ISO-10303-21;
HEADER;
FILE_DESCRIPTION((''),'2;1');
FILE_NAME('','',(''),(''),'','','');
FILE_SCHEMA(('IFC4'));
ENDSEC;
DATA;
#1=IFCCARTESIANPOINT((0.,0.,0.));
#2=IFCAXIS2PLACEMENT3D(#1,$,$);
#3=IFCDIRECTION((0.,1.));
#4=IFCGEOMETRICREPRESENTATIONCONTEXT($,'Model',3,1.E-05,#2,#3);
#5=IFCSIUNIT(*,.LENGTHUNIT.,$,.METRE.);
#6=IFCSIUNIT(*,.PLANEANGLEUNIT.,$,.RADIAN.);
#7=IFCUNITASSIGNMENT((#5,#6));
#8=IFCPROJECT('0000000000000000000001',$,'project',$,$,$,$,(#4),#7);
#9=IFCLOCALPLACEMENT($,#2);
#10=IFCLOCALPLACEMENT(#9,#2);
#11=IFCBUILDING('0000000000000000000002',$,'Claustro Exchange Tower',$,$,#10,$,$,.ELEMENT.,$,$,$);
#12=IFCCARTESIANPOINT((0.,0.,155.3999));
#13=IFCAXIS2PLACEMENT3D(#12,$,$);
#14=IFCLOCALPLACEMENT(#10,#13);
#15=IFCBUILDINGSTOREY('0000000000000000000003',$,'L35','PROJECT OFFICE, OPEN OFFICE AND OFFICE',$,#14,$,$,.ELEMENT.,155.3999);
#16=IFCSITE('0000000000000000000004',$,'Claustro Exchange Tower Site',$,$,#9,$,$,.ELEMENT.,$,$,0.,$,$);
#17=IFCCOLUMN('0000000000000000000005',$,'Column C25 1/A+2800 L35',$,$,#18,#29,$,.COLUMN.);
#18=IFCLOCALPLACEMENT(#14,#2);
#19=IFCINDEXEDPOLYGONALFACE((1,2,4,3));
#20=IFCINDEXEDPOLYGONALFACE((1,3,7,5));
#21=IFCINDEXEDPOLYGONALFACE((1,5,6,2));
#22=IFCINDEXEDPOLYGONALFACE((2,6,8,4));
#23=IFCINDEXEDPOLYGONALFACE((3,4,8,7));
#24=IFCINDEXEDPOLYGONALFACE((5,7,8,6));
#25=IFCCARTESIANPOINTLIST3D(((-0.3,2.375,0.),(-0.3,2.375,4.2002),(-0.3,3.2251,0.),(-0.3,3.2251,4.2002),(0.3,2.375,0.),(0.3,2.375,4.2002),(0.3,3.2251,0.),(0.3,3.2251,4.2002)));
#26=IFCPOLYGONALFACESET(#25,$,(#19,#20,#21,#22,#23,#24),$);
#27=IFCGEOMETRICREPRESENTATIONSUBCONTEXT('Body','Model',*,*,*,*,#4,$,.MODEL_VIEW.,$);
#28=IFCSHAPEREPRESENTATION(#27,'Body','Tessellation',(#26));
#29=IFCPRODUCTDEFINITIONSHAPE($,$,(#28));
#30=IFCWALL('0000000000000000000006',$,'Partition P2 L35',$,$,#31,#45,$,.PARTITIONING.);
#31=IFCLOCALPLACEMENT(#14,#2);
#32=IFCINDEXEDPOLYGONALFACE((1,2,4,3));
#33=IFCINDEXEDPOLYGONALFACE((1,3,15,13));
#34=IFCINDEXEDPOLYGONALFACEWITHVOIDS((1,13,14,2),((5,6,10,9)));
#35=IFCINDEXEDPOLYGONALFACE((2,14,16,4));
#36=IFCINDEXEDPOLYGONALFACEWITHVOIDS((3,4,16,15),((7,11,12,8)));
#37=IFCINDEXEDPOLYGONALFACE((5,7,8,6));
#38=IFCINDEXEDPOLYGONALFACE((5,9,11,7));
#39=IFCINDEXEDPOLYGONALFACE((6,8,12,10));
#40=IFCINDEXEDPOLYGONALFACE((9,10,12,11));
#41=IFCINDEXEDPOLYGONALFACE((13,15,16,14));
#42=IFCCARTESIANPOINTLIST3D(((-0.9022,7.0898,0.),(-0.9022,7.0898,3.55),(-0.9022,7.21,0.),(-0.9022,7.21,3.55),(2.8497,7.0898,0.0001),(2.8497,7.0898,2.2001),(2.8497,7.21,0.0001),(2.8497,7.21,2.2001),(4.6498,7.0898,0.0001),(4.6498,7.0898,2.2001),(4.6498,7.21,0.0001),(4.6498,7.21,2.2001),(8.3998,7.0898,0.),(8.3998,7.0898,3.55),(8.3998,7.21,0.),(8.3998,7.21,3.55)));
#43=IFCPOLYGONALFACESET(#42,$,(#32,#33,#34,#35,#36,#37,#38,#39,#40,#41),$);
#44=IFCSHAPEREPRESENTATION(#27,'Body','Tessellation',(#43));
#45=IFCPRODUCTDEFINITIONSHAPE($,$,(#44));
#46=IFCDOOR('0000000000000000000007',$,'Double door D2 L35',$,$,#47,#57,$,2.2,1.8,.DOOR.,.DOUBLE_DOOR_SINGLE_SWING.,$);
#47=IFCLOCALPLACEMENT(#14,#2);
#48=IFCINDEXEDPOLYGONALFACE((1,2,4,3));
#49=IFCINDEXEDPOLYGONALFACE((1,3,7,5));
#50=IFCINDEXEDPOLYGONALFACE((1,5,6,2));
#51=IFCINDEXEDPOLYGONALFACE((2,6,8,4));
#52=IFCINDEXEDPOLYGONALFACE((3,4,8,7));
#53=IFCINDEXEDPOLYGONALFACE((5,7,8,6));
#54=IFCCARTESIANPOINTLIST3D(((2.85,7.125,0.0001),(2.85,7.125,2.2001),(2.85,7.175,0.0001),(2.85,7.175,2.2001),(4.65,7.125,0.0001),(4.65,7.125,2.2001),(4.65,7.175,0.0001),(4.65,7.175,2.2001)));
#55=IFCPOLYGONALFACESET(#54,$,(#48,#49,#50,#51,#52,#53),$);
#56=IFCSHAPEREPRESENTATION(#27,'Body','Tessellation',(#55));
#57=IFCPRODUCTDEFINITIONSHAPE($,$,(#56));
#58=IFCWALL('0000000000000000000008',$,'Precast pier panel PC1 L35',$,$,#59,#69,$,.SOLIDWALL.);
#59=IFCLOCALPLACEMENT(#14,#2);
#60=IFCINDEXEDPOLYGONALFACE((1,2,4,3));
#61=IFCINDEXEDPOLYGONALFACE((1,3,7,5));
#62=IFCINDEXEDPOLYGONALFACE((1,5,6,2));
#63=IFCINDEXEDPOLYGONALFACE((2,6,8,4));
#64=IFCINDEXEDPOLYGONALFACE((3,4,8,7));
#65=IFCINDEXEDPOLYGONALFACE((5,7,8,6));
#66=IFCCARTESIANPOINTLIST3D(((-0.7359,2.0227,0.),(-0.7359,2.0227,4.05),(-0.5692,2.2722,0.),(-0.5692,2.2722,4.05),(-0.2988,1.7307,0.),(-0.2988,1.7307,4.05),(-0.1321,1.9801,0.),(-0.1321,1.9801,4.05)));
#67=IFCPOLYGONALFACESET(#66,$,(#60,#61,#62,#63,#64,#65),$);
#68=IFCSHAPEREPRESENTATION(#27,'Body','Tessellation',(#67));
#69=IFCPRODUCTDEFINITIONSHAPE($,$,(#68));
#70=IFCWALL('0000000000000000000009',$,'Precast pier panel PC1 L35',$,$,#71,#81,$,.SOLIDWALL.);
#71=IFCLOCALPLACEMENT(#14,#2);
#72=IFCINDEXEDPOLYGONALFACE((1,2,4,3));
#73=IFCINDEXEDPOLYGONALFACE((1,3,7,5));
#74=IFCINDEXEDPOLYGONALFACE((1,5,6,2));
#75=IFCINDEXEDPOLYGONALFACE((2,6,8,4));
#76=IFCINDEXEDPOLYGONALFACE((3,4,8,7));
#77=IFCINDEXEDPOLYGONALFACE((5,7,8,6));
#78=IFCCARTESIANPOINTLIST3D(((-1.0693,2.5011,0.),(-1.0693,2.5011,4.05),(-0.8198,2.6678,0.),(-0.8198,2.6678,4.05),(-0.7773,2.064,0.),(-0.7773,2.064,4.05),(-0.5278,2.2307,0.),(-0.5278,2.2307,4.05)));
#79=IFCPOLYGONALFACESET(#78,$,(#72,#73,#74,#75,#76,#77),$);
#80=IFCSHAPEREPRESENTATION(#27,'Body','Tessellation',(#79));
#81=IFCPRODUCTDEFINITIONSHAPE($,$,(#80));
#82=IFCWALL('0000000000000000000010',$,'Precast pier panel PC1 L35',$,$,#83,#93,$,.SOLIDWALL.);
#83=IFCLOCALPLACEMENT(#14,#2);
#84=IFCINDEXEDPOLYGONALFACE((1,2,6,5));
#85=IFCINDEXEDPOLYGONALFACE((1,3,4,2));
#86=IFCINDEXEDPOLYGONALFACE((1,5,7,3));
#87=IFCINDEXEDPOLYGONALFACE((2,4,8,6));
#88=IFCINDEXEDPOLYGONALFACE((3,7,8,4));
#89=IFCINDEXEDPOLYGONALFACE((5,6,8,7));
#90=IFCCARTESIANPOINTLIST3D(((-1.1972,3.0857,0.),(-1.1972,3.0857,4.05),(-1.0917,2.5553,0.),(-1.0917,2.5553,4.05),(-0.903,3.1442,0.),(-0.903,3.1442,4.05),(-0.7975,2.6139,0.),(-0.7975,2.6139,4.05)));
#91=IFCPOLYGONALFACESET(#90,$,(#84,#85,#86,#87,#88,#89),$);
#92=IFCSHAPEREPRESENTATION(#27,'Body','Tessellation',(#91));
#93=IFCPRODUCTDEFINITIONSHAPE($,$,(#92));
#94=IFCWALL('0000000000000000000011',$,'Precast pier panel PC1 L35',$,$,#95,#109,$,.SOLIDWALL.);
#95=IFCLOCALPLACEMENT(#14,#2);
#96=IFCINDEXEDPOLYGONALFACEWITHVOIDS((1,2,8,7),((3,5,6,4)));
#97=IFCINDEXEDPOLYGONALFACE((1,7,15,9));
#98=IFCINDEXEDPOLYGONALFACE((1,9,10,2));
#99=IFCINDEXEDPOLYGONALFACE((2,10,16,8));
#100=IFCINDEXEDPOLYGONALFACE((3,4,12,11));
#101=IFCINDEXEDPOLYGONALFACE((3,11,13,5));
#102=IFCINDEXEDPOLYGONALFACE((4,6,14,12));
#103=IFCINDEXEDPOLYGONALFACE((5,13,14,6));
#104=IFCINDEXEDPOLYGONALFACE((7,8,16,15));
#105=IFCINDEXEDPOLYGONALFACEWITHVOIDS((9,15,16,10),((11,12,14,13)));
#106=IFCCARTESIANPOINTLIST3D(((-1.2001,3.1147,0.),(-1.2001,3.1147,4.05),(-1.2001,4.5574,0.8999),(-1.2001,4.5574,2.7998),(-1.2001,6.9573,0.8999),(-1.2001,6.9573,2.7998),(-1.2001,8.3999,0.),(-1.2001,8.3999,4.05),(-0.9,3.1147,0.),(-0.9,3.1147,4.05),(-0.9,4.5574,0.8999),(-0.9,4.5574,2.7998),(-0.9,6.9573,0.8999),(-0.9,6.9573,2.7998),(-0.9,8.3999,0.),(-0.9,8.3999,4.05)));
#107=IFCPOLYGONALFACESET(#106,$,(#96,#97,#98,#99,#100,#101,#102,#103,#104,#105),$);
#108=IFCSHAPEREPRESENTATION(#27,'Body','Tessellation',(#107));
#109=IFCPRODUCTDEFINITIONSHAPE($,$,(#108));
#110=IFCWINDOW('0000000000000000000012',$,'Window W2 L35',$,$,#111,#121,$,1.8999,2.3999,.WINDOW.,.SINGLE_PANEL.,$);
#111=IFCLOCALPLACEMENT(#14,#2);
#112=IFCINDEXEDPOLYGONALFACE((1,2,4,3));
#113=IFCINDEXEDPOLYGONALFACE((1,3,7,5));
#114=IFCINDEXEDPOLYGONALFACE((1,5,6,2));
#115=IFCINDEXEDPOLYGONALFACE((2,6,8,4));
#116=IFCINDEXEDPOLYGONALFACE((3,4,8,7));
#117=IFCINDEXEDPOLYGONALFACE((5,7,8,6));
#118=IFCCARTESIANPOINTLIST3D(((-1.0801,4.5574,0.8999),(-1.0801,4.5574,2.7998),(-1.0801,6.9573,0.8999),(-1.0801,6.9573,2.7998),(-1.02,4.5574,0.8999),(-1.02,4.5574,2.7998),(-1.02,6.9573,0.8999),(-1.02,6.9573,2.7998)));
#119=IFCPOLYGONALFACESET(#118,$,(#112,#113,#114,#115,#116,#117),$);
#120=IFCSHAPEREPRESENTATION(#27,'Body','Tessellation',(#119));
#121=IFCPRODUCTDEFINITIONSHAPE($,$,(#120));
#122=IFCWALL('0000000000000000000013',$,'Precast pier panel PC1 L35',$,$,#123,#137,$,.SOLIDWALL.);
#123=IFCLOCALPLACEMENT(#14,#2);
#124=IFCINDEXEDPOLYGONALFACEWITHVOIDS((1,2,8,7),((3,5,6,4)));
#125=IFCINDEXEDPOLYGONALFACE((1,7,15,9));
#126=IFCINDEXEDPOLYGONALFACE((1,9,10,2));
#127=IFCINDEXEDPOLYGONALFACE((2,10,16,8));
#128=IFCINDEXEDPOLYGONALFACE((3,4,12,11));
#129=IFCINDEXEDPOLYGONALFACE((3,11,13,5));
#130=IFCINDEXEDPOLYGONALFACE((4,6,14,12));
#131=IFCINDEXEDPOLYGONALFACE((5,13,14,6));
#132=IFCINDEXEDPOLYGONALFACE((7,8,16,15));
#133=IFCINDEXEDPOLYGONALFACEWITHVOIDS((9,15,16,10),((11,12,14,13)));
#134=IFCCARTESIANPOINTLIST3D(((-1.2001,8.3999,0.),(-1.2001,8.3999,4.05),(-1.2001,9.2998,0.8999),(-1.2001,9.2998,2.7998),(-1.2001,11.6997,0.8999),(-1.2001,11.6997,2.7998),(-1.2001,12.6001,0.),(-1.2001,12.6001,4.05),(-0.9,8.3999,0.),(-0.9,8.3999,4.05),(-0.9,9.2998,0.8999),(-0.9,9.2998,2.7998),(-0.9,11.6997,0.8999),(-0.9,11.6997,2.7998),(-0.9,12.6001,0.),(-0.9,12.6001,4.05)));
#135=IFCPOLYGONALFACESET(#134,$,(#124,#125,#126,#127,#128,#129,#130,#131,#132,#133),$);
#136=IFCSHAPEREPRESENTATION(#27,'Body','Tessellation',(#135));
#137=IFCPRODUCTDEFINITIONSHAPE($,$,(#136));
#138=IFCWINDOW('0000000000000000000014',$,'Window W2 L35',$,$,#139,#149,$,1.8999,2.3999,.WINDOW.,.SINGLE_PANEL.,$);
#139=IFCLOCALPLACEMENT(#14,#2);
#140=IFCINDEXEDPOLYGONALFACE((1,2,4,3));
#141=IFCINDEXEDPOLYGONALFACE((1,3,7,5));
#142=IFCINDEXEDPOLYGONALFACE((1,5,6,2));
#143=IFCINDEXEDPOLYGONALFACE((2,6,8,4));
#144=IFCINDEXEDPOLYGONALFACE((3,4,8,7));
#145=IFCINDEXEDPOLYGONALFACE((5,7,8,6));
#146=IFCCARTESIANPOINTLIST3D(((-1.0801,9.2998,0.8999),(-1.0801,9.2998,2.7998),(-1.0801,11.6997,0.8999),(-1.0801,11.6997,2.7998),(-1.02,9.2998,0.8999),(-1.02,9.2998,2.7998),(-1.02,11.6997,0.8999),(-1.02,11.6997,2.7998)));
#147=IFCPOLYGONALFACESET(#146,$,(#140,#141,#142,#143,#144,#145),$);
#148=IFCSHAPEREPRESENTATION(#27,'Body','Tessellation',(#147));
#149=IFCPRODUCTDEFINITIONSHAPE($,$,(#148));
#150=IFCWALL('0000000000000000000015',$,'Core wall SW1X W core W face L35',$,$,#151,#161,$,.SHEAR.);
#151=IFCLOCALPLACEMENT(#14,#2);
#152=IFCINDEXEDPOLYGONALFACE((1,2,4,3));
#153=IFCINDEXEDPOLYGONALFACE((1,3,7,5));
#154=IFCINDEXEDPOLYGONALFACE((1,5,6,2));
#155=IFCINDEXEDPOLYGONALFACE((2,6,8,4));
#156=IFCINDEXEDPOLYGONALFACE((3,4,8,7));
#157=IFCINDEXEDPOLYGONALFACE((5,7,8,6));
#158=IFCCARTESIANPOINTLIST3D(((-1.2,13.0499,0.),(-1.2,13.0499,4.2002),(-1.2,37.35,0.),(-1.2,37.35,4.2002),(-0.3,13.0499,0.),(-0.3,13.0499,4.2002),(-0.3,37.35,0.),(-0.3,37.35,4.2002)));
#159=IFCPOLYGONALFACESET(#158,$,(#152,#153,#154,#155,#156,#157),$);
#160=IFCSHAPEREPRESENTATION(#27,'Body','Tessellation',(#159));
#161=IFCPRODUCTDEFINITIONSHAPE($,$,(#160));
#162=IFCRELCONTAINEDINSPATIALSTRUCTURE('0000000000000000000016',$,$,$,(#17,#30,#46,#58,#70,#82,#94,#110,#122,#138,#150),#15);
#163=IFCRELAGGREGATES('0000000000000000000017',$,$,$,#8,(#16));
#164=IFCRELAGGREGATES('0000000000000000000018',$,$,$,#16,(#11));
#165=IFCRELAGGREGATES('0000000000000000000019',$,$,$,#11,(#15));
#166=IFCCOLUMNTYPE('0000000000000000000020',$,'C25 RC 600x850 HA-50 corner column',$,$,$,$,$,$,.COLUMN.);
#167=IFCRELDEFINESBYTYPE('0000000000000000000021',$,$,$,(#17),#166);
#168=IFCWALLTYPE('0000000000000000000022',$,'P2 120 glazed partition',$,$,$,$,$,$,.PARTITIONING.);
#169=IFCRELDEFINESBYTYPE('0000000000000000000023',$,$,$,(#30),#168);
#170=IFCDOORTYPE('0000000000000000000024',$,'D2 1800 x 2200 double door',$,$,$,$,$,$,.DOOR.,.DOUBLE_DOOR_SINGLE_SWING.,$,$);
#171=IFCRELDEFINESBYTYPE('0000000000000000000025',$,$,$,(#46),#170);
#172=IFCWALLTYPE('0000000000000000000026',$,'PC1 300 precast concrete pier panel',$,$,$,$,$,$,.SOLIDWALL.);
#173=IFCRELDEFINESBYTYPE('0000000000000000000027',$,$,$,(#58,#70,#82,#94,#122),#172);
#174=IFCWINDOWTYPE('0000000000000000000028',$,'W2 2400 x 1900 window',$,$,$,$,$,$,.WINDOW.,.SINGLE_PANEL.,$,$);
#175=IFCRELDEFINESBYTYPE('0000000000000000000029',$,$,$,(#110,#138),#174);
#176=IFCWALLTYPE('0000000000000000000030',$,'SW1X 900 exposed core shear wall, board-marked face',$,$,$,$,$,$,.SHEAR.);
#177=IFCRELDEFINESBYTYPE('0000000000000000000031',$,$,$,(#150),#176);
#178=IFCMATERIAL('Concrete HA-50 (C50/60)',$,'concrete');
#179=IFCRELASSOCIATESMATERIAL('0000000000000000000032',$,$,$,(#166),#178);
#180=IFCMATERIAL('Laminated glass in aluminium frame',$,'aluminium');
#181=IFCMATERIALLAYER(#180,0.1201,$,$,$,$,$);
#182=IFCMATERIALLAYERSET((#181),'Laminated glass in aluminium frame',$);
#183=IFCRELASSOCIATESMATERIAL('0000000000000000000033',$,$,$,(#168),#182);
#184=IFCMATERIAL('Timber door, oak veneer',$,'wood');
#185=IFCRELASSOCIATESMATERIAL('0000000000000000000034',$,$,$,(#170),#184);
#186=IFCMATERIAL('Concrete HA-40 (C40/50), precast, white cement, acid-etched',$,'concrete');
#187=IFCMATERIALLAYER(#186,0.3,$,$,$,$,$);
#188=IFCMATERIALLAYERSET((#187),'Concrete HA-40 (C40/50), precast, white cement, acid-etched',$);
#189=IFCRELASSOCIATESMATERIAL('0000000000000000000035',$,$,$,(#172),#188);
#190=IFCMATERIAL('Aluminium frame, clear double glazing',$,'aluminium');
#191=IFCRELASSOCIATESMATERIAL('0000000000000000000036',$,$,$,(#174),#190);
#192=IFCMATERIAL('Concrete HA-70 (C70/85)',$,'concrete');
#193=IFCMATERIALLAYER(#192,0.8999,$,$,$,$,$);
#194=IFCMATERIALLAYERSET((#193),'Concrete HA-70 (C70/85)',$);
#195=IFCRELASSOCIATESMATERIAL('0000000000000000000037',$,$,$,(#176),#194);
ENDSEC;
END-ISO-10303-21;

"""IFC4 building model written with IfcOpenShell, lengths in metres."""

from ifc_helpers import new_model, si_unit, direction, frame, frame_2d, origin, origin_2d, place, context, subcontext, project, spatial, rectangle, extrude, material, layer, layer_set, material_profile, profile_set, type_object, element, fill, save


model = new_model("IFC4")

# Units and contexts
model_context = context("Model", 3, precision=1e-05, world=origin(), true_north=direction((0.0, 1.0)))
body_context = subcontext(model_context, "Body", "Model", "MODEL_VIEW")
ifc_project = project(units=[si_unit("LENGTHUNIT", "METRE"), si_unit("PLANEANGLEUNIT", "RADIAN")], contexts=[model_context])

# Site, building, storey
site_placement = place(None, origin())
site = spatial("IfcSite", under=ifc_project, at=site_placement, Name="Claustro Exchange Tower Site", CompositionType="ELEMENT", RefElevation=0.0)
building_placement = place(site_placement, origin())
building = spatial("IfcBuilding", under=site, at=building_placement, Name="Claustro Exchange Tower", CompositionType="ELEMENT")
storey_placement = place(building_placement, frame((0.0, 0.0, 155.3999)))
storey = spatial("IfcBuildingStorey", under=building, at=storey_placement, Name="L35", Description="PROJECT OFFICE, OPEN OFFICE AND OFFICE", CompositionType="ELEMENT", Elevation=155.3999)

# Column
ifc_material_1 = material(Name="Concrete HA-50 (C50/60)", Category="concrete")
ifc_material_profile = material_profile(ifc_material_1, rectangle(XDim=0.6001, YDim=0.8501, at=origin_2d()), Name="RC 600x850")
ifc_profile_set = profile_set([ifc_material_profile], Name="Concrete HA-50 (C50/60)")
column_type = type_object("IfcColumnType", Name="C25 RC 600x850 HA-50 corner column", PredefinedType="COLUMN", material=ifc_profile_set)
column_placement = place(storey_placement, frame((0.0, 2.8, 0.0), z_axis=(0.0, 0.0, 1.0), x_axis=(1.0, 0.0, 0.0)))
element("IfcColumn", 1, at=column_placement, inside=storey, type_object=column_type, Name="Column C25 1/A+2800 L35", PredefinedType="COLUMN", context=body_context, shape_type="SweptSolid", body=[
    extrude(rectangle(XDim=0.6001, YDim=0.8501, at=origin_2d()), origin(), (0.0, 0.0, 1.0), 4.2002),
])

# Wall, opening, door
ifc_material_2 = material(Name="Laminated glass in aluminium frame", Category="aluminium")
ifc_layer_1 = layer(ifc_material_2, 0.1201)
ifc_layer_set_1 = layer_set([ifc_layer_1], Name="Laminated glass in aluminium frame")
wall_type_1 = type_object("IfcWallType", Name="P2 120 glazed partition", PredefinedType="PARTITIONING", material=ifc_layer_set_1)
wall_1_placement = place(storey_placement, frame((-0.9021, 7.1499, 0.0), z_axis=(0.0, 0.0, 1.0), x_axis=(1.0, 0.0, 0.0)))
wall_1 = element("IfcWall", 2, at=wall_1_placement, inside=storey, type_object=wall_type_1, Name="Partition P2 L35", PredefinedType="PARTITIONING", context=body_context, shape_type="SweptSolid", body=[
    extrude(rectangle(XDim=9.302, YDim=0.1201, at=frame_2d((4.6509, 0.0))), origin(), (0.0, 0.0, 1.0), 3.55),
])
opening_1_placement = place(wall_1_placement, frame((3.752, 0.0, 0.0)))
opening_1 = element("IfcOpeningElement", 3, at=opening_1_placement, cuts=wall_1, PredefinedType="OPENING", context=body_context, shape_type="SweptSolid", body=[
    extrude(rectangle(XDim=1.8, YDim=2.2, at=frame_2d((0.8999, 1.1001))), frame((0.0, 0.0701, 0.0), z_axis=(0.0, -1.0, 0.0), x_axis=(1.0, 0.0, 0.0)), (0.0, 0.0, 1.0), 0.1401),
])
ifc_material_3 = material(Name="Timber door, oak veneer", Category="wood")
door_type_1 = type_object("IfcDoorType", Name="D2 1800 x 2200 double door", OperationType="DOUBLE_DOOR_SINGLE_SWING", PredefinedType="DOOR", material=ifc_material_3)
door_1_placement = place(opening_1_placement, frame((1.8, 0.0, 0.0), z_axis=(0.0, 0.0, 1.0), x_axis=(-1.0, 0.0, 0.0)))
door_1 = element("IfcDoor", 4, at=door_1_placement, inside=storey, type_object=door_type_1, Name="Double door D2 L35", OperationType="DOUBLE_DOOR_SINGLE_SWING", OverallHeight=2.2, OverallWidth=1.8, PredefinedType="DOOR", context=body_context, shape_type="SweptSolid", body=[
    extrude(rectangle(XDim=1.8, YDim=2.2, at=frame_2d((0.8999, 1.1001))), frame((0.0, 0.0249, 0.0), z_axis=(0.0, -1.0, 0.0), x_axis=(1.0, 0.0, 0.0)), (0.0, 0.0, 1.0), 0.05),
])
fill(opening_1, door_1)

# Walls
ifc_material_4 = material(Name="Concrete HA-40 (C40/50), precast, white cement, acid-etched", Category="concrete")
ifc_layer_2 = layer(ifc_material_4, 0.3)
ifc_layer_set_2 = layer_set([ifc_layer_2], Name="Concrete HA-40 (C40/50), precast, white cement, acid-etched")
wall_type_2 = type_object("IfcWallType", Name="PC1 300 precast concrete pier panel", PredefinedType="SOLIDWALL", material=ifc_layer_set_2)
for number, where, z_axis, x_axis, name in (
    (5, (-0.2156, 1.8555, 0.0), (0.0, 0.0, 1.0), (-0.831478, 0.555557, 0.0), "Precast pier panel PC1 L35"),
    (6, (-0.6526, 2.1475, 0.0), (0.0, 0.0, 1.0), (-0.555557, 0.831478, 0.0), "Precast pier panel PC1 L35"),
):
    element("IfcWall", number, at=place(storey_placement, frame(where, z_axis=z_axis, x_axis=x_axis)), inside=storey, type_object=wall_type_2, Name=name, PredefinedType="SOLIDWALL", context=body_context, shape_type="SweptSolid", body=[
        extrude(rectangle(XDim=0.5256, YDim=0.3, at=frame_2d((0.2627, 0.0))), origin(), (0.0, 0.0, 1.0), 4.05),
    ])
wall_2_placement = place(storey_placement, frame((-0.9446, 2.5845, 0.0), z_axis=(0.0, 0.0, 1.0), x_axis=(-0.195074, 0.980789, 0.0)))
element("IfcWall", 7, at=wall_2_placement, inside=storey, type_object=wall_type_2, Name="Precast pier panel PC1 L35", PredefinedType="SOLIDWALL", context=body_context, shape_type="SweptSolid", body=[
    extrude(rectangle(XDim=0.5408, YDim=0.3, at=frame_2d((0.2705, 0.0))), origin(), (0.0, 0.0, 1.0), 4.05),
])

# Walls, openings, windows
wall_3_placement = place(storey_placement, frame((-1.05, 3.1147, 0.0), z_axis=(0.0, 0.0, 1.0), x_axis=(0.0, 1.0, 0.0)))
wall_3 = element("IfcWall", 8, at=wall_3_placement, inside=storey, type_object=wall_type_2, Name="Precast pier panel PC1 L35", PredefinedType="SOLIDWALL", context=body_context, shape_type="SweptSolid", body=[
    extrude(rectangle(XDim=5.2852, YDim=0.3, at=frame_2d((2.6426, 0.0))), origin(), (0.0, 0.0, 1.0), 4.05),
])
opening_2_placement = place(wall_3_placement, frame((1.4426, 0.0, 0.8999)))
opening_2 = element("IfcOpeningElement", 9, at=opening_2_placement, cuts=wall_3, PredefinedType="OPENING", context=body_context, shape_type="SweptSolid", body=[
    extrude(rectangle(XDim=2.3999, YDim=1.8999, at=frame_2d((1.2, 0.95))), frame((0.0, 0.1599, 0.0), z_axis=(0.0, -1.0, 0.0), x_axis=(1.0, 0.0, 0.0)), (0.0, 0.0, 1.0), 0.3201),
])
ifc_material_5 = material(Name="Aluminium frame, clear double glazing", Category="aluminium")
window_type = type_object("IfcWindowType", Name="W2 2400 x 1900 window", PartitioningType="SINGLE_PANEL", PredefinedType="WINDOW", material=ifc_material_5)
window_1_placement = place(opening_2_placement, origin())
window_1 = element("IfcWindow", 10, at=window_1_placement, inside=storey, type_object=window_type, Name="Window W2 L35", OverallHeight=1.8999, OverallWidth=2.3999, PartitioningType="SINGLE_PANEL", PredefinedType="WINDOW", context=body_context, shape_type="SweptSolid", body=[
    extrude(rectangle(XDim=2.3999, YDim=1.8999, at=frame_2d((1.2, 0.95))), frame((0.0, 0.03, 0.0), z_axis=(0.0, -1.0, 0.0), x_axis=(1.0, 0.0, 0.0)), (0.0, 0.0, 1.0), 0.0601),
])
fill(opening_2, window_1)
wall_4_placement = place(storey_placement, frame((-1.05, 8.3999, 0.0), z_axis=(0.0, 0.0, 1.0), x_axis=(0.0, 1.0, 0.0)))
wall_4 = element("IfcWall", 11, at=wall_4_placement, inside=storey, type_object=wall_type_2, Name="Precast pier panel PC1 L35", PredefinedType="SOLIDWALL", context=body_context, shape_type="SweptSolid", body=[
    extrude(rectangle(XDim=4.2002, YDim=0.3, at=frame_2d((2.1001, 0.0))), origin(), (0.0, 0.0, 1.0), 4.05),
])
opening_3_placement = place(wall_4_placement, frame((0.8999, 0.0, 0.8999)))
opening_3 = element("IfcOpeningElement", 12, at=opening_3_placement, cuts=wall_4, PredefinedType="OPENING", context=body_context, shape_type="SweptSolid", body=[
    extrude(rectangle(XDim=2.3999, YDim=1.8999, at=frame_2d((1.2, 0.95))), frame((0.0, 0.1599, 0.0), z_axis=(0.0, -1.0, 0.0), x_axis=(1.0, 0.0, 0.0)), (0.0, 0.0, 1.0), 0.3201),
])
window_2_placement = place(opening_3_placement, origin())
window_2 = element("IfcWindow", 13, at=window_2_placement, inside=storey, type_object=window_type, Name="Window W2 L35", OverallHeight=1.8999, OverallWidth=2.3999, PartitioningType="SINGLE_PANEL", PredefinedType="WINDOW", context=body_context, shape_type="SweptSolid", body=[
    extrude(rectangle(XDim=2.3999, YDim=1.8999, at=frame_2d((1.2, 0.95))), frame((0.0, 0.03, 0.0), z_axis=(0.0, -1.0, 0.0), x_axis=(1.0, 0.0, 0.0)), (0.0, 0.0, 1.0), 0.0601),
])
fill(opening_3, window_2)

# Wall
ifc_material_6 = material(Name="Concrete HA-70 (C70/85)", Category="concrete")
ifc_layer_3 = layer(ifc_material_6, 0.8999)
ifc_layer_set_3 = layer_set([ifc_layer_3], Name="Concrete HA-70 (C70/85)")
wall_type_3 = type_object("IfcWallType", Name="SW1X 900 exposed core shear wall, board-marked face", PredefinedType="SHEAR", material=ifc_layer_set_3)
wall_5_placement = place(storey_placement, frame((-0.75, 13.05, 0.0), z_axis=(0.0, 0.0, 1.0), x_axis=(0.0, 1.0, 0.0)))
element("IfcWall", 14, at=wall_5_placement, inside=storey, type_object=wall_type_3, Name="Core wall SW1X W core W face L35", PredefinedType="SHEAR", context=body_context, shape_type="SweptSolid", body=[
    extrude(rectangle(XDim=24.3, YDim=0.8999, at=frame_2d((12.1499, 0.0))), origin(), (0.0, 0.0, 1.0), 4.2002),
])

save(model, "model.ifc")
